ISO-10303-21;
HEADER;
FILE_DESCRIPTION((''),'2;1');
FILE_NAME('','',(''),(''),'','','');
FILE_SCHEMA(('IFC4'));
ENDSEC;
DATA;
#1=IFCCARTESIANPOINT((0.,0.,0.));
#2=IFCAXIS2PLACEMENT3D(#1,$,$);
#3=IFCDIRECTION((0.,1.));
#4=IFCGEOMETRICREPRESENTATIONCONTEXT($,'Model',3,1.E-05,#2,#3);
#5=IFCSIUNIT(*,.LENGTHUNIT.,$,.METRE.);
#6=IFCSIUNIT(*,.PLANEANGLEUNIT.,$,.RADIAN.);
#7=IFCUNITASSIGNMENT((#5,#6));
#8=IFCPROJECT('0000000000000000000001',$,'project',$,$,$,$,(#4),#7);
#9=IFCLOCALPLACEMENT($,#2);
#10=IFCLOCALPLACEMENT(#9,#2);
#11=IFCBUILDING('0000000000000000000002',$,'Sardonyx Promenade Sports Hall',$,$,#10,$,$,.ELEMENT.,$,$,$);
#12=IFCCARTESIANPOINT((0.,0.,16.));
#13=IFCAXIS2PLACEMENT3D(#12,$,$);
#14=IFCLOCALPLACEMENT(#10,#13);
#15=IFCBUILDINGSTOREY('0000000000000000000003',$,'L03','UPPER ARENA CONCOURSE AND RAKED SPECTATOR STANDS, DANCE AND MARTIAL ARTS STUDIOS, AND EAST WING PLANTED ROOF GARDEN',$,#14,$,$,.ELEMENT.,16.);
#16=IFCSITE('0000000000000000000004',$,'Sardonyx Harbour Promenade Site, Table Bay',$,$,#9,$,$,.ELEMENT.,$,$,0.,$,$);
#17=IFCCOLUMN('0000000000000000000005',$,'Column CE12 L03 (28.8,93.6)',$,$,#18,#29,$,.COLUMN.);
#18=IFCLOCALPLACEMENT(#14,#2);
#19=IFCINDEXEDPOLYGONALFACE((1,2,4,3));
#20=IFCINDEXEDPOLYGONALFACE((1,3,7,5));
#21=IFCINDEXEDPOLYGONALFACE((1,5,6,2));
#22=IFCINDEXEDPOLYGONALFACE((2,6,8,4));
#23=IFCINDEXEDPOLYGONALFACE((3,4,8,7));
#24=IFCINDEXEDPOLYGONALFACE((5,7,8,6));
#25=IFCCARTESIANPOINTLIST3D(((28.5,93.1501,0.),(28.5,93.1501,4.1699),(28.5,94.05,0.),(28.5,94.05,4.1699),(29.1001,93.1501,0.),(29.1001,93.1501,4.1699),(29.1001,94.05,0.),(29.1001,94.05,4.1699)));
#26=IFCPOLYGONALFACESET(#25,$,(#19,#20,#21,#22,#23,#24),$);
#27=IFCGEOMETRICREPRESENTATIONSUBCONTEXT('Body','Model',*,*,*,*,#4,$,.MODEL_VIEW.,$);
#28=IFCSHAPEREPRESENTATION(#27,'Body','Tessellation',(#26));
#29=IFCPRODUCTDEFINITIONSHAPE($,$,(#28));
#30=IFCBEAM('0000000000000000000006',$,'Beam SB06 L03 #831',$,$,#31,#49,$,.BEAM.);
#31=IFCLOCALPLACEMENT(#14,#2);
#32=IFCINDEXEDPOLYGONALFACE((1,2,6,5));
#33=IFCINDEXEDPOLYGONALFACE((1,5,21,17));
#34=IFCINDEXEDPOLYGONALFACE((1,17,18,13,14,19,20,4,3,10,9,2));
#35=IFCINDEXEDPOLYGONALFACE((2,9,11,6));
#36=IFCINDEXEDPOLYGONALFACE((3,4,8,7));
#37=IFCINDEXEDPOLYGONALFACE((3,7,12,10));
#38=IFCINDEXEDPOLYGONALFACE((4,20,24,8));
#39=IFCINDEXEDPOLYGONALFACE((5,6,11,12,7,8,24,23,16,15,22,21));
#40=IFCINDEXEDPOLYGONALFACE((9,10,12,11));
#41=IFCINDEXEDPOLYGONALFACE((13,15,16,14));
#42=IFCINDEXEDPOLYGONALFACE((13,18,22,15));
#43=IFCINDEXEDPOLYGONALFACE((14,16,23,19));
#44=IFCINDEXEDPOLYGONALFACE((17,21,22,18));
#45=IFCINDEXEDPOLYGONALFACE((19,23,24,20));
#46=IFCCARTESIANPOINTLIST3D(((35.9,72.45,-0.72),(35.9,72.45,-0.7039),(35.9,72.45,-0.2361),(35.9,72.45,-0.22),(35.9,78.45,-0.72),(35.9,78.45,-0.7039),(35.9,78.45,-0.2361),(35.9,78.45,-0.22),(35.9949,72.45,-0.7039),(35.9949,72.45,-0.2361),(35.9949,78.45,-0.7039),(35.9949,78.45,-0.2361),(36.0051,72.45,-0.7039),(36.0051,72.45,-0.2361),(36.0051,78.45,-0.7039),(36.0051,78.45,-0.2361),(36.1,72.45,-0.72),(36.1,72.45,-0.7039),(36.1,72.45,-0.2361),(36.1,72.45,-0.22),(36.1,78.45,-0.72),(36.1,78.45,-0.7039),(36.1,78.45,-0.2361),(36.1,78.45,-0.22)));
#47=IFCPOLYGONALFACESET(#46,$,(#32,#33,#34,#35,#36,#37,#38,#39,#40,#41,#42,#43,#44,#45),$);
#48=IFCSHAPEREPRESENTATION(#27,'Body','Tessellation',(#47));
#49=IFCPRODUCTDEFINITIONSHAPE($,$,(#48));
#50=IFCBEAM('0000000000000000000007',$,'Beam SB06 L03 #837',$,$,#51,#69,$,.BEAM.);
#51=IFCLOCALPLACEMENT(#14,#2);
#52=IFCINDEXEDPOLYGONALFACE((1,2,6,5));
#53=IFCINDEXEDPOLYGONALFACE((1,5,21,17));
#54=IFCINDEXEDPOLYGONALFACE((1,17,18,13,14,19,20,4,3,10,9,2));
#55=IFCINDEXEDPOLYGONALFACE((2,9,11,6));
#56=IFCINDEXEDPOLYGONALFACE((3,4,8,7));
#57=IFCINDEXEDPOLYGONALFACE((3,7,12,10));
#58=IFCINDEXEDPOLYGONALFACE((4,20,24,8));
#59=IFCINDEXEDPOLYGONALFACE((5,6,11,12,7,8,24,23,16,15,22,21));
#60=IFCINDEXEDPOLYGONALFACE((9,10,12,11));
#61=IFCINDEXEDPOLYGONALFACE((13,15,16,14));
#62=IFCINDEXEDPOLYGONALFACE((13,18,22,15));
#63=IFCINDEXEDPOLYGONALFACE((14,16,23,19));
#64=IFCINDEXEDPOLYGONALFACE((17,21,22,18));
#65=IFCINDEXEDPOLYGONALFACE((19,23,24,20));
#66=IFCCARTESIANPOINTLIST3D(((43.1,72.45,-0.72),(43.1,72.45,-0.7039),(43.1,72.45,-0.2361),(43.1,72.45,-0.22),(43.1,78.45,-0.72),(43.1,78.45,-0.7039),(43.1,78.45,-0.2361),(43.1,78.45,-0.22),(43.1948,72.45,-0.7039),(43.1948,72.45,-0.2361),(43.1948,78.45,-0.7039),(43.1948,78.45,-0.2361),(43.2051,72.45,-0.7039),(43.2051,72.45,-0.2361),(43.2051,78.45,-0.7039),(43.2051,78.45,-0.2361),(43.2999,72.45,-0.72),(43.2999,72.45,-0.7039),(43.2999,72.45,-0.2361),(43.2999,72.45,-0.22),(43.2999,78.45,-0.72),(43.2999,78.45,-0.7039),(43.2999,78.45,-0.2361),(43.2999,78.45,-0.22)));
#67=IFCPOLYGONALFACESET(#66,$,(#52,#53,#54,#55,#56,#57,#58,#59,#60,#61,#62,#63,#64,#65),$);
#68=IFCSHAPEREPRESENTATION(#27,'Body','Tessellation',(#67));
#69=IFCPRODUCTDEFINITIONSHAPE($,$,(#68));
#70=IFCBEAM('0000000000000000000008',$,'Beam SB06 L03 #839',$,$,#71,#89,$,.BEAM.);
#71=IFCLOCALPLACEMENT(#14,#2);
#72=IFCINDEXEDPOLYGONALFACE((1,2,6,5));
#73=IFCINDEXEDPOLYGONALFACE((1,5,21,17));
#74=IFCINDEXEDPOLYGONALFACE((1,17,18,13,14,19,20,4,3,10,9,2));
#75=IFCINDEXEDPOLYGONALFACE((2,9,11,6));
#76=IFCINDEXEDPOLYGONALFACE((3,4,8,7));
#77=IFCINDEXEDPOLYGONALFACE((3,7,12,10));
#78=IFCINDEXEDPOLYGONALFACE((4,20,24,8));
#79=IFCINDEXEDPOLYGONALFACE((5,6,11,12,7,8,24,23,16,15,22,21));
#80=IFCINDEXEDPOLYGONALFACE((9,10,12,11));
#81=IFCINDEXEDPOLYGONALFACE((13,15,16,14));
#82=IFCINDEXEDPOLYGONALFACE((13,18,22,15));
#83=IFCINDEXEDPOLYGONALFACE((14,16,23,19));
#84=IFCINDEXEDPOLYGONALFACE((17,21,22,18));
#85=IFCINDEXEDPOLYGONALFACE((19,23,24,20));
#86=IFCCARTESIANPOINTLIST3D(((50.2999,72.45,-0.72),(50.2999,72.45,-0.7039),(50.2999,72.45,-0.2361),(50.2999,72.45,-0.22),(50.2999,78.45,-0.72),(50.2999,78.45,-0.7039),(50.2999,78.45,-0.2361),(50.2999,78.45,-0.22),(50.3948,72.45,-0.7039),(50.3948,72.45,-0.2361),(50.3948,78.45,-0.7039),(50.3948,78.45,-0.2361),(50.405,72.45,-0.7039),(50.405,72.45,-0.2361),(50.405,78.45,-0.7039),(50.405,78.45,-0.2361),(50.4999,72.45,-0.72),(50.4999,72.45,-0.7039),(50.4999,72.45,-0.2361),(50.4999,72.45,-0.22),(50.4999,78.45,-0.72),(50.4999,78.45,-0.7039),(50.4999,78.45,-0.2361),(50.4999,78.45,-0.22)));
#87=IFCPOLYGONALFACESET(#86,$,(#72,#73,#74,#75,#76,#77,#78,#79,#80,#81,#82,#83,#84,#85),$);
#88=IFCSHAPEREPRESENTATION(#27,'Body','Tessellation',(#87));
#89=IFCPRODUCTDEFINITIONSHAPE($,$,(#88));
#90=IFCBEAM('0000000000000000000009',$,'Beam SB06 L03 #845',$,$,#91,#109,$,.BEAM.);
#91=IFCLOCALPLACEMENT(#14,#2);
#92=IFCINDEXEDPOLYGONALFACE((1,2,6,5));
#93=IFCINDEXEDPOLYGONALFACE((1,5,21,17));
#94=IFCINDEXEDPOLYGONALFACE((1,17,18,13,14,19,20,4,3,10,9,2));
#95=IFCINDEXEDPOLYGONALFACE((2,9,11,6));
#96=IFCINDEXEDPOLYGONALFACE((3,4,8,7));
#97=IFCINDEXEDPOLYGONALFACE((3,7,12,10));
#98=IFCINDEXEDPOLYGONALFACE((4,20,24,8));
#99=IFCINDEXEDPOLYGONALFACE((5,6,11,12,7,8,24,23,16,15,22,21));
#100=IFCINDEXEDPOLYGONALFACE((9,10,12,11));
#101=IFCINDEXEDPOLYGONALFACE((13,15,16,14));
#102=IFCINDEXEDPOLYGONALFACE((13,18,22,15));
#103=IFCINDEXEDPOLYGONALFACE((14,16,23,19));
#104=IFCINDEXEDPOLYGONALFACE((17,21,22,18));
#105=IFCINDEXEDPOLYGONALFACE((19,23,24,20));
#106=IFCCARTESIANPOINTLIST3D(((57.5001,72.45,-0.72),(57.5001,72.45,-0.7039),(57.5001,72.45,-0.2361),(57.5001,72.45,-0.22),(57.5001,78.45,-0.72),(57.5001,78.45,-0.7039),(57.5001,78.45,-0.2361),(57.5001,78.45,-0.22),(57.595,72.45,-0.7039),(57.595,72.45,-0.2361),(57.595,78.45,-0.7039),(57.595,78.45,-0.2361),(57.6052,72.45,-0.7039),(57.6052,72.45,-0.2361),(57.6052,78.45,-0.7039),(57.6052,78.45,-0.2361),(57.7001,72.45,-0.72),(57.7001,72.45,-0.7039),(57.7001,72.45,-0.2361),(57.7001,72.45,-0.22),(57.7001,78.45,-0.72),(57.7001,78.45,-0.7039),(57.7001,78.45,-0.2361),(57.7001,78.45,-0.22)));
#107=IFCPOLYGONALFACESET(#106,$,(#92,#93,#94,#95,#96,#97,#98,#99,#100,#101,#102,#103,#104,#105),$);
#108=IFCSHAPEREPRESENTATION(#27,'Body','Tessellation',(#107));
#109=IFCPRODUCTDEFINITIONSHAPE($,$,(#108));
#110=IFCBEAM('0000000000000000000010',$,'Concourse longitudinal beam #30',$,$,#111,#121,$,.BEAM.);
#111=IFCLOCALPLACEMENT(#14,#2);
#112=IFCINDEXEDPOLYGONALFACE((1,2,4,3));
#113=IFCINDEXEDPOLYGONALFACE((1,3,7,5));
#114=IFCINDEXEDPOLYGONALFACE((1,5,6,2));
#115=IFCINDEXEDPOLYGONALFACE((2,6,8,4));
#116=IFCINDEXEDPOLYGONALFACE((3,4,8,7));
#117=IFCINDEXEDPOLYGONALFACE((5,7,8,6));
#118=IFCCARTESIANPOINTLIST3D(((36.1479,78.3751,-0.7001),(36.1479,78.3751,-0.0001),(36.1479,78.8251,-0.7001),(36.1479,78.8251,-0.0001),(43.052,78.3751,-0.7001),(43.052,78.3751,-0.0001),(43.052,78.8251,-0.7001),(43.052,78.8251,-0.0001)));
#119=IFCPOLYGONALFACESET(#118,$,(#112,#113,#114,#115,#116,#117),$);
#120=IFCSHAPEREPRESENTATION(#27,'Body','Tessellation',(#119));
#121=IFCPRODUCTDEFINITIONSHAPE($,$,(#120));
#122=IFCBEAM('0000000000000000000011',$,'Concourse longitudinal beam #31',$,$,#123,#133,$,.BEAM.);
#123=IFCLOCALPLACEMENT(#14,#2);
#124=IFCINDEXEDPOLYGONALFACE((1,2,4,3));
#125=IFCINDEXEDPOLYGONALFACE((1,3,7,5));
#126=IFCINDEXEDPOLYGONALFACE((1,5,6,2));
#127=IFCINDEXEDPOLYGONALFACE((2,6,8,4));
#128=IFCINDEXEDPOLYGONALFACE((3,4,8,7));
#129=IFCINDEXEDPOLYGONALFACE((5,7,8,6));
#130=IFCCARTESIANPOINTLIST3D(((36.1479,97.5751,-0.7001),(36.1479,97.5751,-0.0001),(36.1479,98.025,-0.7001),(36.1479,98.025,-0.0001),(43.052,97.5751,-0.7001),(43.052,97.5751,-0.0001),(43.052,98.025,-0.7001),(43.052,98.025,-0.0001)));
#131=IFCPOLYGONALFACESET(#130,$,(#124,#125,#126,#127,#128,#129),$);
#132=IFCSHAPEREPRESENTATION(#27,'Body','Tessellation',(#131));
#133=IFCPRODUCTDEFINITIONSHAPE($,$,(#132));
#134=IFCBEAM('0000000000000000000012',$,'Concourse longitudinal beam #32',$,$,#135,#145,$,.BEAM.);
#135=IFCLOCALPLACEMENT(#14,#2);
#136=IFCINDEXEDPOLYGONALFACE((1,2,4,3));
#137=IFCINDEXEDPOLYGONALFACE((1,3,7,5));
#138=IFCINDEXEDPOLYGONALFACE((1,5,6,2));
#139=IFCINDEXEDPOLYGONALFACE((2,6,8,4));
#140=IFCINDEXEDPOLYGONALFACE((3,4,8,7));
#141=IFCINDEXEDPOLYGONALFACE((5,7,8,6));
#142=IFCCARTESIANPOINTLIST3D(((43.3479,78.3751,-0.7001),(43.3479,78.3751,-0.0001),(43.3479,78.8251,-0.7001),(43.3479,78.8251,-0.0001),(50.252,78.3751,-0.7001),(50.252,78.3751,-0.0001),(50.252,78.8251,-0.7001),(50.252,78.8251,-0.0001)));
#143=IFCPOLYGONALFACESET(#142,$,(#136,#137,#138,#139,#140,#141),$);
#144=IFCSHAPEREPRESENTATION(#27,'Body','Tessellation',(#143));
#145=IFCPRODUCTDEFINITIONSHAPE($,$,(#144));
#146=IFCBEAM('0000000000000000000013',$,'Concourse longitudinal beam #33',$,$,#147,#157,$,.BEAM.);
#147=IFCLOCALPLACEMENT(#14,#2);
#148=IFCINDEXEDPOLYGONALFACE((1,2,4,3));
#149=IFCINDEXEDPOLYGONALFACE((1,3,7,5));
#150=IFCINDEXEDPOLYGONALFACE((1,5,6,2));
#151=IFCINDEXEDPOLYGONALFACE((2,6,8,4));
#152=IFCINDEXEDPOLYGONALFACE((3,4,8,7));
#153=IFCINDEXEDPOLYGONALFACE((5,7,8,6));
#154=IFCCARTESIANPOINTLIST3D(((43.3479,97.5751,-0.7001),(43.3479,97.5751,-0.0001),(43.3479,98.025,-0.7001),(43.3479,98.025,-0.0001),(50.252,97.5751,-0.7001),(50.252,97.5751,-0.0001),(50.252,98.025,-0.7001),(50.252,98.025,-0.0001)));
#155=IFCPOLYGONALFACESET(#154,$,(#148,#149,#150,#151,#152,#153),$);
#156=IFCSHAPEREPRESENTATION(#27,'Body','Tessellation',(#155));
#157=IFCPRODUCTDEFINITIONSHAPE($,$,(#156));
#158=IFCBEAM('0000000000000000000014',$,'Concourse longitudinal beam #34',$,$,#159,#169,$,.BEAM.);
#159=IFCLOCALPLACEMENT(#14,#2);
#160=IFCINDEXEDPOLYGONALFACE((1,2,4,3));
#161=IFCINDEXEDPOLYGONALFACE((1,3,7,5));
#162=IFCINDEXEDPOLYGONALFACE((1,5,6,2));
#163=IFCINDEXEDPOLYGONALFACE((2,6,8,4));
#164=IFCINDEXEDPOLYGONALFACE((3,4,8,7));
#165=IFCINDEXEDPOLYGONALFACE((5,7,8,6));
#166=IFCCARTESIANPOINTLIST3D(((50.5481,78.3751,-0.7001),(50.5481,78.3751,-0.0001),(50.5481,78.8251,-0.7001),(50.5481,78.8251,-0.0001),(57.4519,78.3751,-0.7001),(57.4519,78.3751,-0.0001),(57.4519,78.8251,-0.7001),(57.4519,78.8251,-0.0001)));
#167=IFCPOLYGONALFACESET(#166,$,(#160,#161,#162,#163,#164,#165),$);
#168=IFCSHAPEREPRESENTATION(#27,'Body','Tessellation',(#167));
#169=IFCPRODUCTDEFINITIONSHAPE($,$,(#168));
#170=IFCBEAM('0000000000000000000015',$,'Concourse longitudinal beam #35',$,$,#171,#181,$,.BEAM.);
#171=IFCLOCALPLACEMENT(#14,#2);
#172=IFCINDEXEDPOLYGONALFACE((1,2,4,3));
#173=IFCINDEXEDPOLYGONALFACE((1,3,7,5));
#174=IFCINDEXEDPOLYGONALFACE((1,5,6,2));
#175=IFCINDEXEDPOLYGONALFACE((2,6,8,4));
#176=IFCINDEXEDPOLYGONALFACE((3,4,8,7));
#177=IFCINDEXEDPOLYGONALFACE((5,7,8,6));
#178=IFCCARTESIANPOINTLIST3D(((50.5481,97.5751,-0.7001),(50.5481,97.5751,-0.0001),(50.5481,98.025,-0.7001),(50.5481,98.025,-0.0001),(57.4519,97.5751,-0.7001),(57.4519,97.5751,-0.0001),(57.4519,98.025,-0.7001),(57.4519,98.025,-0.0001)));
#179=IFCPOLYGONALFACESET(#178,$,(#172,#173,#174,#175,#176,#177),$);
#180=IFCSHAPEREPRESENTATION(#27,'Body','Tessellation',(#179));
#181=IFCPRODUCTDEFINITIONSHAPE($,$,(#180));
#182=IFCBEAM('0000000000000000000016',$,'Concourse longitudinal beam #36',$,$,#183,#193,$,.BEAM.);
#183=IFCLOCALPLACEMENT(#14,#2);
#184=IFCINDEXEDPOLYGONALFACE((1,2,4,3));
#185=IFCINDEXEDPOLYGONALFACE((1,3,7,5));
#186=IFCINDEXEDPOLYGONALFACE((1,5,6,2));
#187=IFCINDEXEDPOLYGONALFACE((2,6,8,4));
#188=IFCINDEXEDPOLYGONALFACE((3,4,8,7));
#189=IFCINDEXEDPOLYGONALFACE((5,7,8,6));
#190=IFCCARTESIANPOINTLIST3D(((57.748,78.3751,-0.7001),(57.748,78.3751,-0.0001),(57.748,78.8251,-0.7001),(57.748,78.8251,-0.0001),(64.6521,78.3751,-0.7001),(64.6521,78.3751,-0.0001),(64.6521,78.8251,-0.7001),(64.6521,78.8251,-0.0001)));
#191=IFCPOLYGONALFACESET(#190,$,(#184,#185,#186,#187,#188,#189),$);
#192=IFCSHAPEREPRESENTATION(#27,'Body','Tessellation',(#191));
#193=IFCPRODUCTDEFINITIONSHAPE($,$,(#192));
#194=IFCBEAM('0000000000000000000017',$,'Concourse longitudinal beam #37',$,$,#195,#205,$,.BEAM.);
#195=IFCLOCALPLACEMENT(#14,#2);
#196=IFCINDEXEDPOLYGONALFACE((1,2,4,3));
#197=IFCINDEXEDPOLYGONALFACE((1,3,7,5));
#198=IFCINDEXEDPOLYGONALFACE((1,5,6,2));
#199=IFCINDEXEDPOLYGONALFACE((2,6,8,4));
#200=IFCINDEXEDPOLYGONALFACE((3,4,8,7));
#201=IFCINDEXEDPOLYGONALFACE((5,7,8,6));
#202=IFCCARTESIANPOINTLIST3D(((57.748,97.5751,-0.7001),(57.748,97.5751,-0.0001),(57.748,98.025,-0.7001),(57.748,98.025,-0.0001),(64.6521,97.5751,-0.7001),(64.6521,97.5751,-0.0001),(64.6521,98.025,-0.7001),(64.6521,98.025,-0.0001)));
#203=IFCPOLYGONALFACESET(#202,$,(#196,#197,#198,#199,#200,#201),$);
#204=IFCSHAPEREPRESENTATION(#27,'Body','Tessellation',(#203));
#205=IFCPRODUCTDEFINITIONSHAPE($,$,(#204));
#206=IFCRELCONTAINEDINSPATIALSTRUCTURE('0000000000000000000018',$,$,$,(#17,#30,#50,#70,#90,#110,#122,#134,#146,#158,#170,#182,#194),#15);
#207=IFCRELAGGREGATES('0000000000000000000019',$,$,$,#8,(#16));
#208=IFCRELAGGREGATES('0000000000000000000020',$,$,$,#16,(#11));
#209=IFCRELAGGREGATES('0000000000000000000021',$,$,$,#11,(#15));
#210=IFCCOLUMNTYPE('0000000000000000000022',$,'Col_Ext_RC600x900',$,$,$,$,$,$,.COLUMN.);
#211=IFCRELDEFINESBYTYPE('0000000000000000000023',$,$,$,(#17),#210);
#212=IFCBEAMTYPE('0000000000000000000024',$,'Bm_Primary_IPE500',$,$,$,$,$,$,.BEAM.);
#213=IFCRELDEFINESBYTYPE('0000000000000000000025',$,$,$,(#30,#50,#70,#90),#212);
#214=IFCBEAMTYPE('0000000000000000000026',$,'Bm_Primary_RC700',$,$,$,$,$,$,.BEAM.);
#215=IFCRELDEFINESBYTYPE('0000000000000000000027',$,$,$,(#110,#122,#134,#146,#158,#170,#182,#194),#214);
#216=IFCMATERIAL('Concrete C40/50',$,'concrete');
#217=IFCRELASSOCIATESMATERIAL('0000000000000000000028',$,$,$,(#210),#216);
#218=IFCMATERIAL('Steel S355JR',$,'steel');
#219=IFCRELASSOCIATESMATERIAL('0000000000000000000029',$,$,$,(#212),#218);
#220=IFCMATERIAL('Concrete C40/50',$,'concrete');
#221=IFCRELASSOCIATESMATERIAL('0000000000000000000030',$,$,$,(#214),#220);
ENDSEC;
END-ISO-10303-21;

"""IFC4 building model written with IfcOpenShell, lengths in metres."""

from ifc_helpers import new_model, si_unit, direction, frame, origin, origin_2d, place, context, subcontext, project, spatial, rectangle, i_section, extrude, material, material_profile, profile_set, type_object, element, save


model = new_model("IFC4")

# Units and contexts
model_context = context("Model", 3, precision=1e-05, world=origin(), true_north=direction((0.0, 1.0)))
body_context = subcontext(model_context, "Body", "Model", "MODEL_VIEW")
ifc_project = project(units=[si_unit("LENGTHUNIT", "METRE"), si_unit("PLANEANGLEUNIT", "RADIAN")], contexts=[model_context])

# Site, building, storey
site_placement = place(None, origin())
site = spatial("IfcSite", under=ifc_project, at=site_placement, Name="Sardonyx Harbour Promenade Site, Table Bay", CompositionType="ELEMENT", RefElevation=0.0)
building_placement = place(site_placement, origin())
building = spatial("IfcBuilding", under=site, at=building_placement, Name="Sardonyx Promenade Sports Hall", CompositionType="ELEMENT")
storey_placement = place(building_placement, frame((0.0, 0.0, 16.0)))
storey = spatial("IfcBuildingStorey", under=building, at=storey_placement, Name="L03", Description="UPPER ARENA CONCOURSE AND RAKED SPECTATOR STANDS, DANCE AND MARTIAL ARTS STUDIOS, AND EAST WING PLANTED ROOF GARDEN", CompositionType="ELEMENT", Elevation=16.0)

# Column
ifc_material_1 = material(Name="Concrete C40/50", Category="concrete")
ifc_material_profile_1 = material_profile(ifc_material_1, rectangle(XDim=0.6001, YDim=0.8999, at=origin_2d()))
ifc_profile_set_1 = profile_set([ifc_material_profile_1], Name="Concrete C40/50")
column_type = type_object("IfcColumnType", Name="Col_Ext_RC600x900", PredefinedType="COLUMN", material=ifc_profile_set_1)
column_placement = place(storey_placement, frame((28.8, 93.6001, 0.0), z_axis=(0.0, 0.0, 1.0), x_axis=(1.0, 0.0, 0.0)))
element("IfcColumn", 1, at=column_placement, inside=storey, type_object=column_type, Name="Column CE12 L03 (28.8,93.6)", PredefinedType="COLUMN", context=body_context, shape_type="SweptSolid", body=[
    extrude(rectangle(XDim=0.6001, YDim=0.8999, at=origin_2d()), origin(), (0.0, 0.0, 1.0), 4.1699),
])

# Beams
ifc_material_2 = material(Name="Steel S355JR", Category="steel")
ifc_material_profile_2 = material_profile(ifc_material_2, i_section(OverallWidth=0.2, OverallDepth=0.5, WebThickness=0.0103, FlangeThickness=0.0161, at=origin_2d()))
ifc_profile_set_2 = profile_set([ifc_material_profile_2], Name="Steel S355JR")
beam_type_1 = type_object("IfcBeamType", Name="Bm_Primary_IPE500", PredefinedType="BEAM", material=ifc_profile_set_2)
for number, where, z_axis, x_axis, name in (
    (2, (36.0, 72.45, -0.47), (0.0, 1.0, 0.0), (-1.0, 0.0, 0.0), "Beam SB06 L03 #831"),
    (3, (43.2, 72.45, -0.47), (0.0, 1.0, 0.0), (-1.0, 0.0, 0.0), "Beam SB06 L03 #837"),
    (4, (50.3999, 72.45, -0.47), (0.0, 1.0, 0.0), (-1.0, 0.0, 0.0), "Beam SB06 L03 #839"),
    (5, (57.6001, 72.45, -0.47), (0.0, 1.0, 0.0), (-1.0, 0.0, 0.0), "Beam SB06 L03 #845"),
):
    element("IfcBeam", number, at=place(storey_placement, frame(where, z_axis=z_axis, x_axis=x_axis)), inside=storey, type_object=beam_type_1, Name=name, PredefinedType="BEAM", context=body_context, shape_type="SweptSolid", body=[
        extrude(i_section(OverallWidth=0.2, OverallDepth=0.5, WebThickness=0.0103, FlangeThickness=0.0161, at=origin_2d()), origin(), (0.0, 0.0, 1.0), 6.0),
    ])
ifc_material_3 = material(Name="Concrete C40/50", Category="concrete")
ifc_material_profile_3 = material_profile(ifc_material_3, rectangle(XDim=0.45, YDim=0.7, at=origin_2d()))
ifc_profile_set_3 = profile_set([ifc_material_profile_3], Name="Concrete C40/50")
beam_type_2 = type_object("IfcBeamType", Name="Bm_Primary_RC700", PredefinedType="BEAM", material=ifc_profile_set_3)
for number, where, z_axis, x_axis, name in (
    (6, (36.1479, 78.6001, -0.3501), (1.0, 0.0, 0.0), (0.0, 1.0, 0.0), "Concourse longitudinal beam #30"),
    (7, (36.1479, 97.8, -0.3501), (1.0, 0.0, 0.0), (0.0, 1.0, 0.0), "Concourse longitudinal beam #31"),
    (8, (43.3479, 78.6001, -0.3501), (1.0, 0.0, 0.0), (0.0, 1.0, 0.0), "Concourse longitudinal beam #32"),
    (9, (43.3479, 97.8, -0.3501), (1.0, 0.0, 0.0), (0.0, 1.0, 0.0), "Concourse longitudinal beam #33"),
):
    element("IfcBeam", number, at=place(storey_placement, frame(where, z_axis=z_axis, x_axis=x_axis)), inside=storey, type_object=beam_type_2, Name=name, PredefinedType="BEAM", context=body_context, shape_type="SweptSolid", body=[
        extrude(rectangle(XDim=0.45, YDim=0.7, at=origin_2d()), origin(), (0.0, 0.0, 1.0), 6.9041),
    ])
for number, where, z_axis, x_axis, name in (
    (10, (50.5481, 78.6001, -0.3501), (1.0, 0.0, 0.0), (0.0, 1.0, 0.0), "Concourse longitudinal beam #34"),
    (11, (50.5481, 97.8, -0.3501), (1.0, 0.0, 0.0), (0.0, 1.0, 0.0), "Concourse longitudinal beam #35"),
):
    element("IfcBeam", number, at=place(storey_placement, frame(where, z_axis=z_axis, x_axis=x_axis)), inside=storey, type_object=beam_type_2, Name=name, PredefinedType="BEAM", context=body_context, shape_type="SweptSolid", body=[
        extrude(rectangle(XDim=0.45, YDim=0.7, at=origin_2d()), origin(), (0.0, 0.0, 1.0), 6.9038),
    ])
for number, where, z_axis, x_axis, name in (
    (12, (57.748, 78.6001, -0.3501), (1.0, 0.0, 0.0), (0.0, 1.0, 0.0), "Concourse longitudinal beam #36"),
    (13, (57.748, 97.8, -0.3501), (1.0, 0.0, 0.0), (0.0, 1.0, 0.0), "Concourse longitudinal beam #37"),
):
    element("IfcBeam", number, at=place(storey_placement, frame(where, z_axis=z_axis, x_axis=x_axis)), inside=storey, type_object=beam_type_2, Name=name, PredefinedType="BEAM", context=body_context, shape_type="SweptSolid", body=[
        extrude(rectangle(XDim=0.45, YDim=0.7, at=origin_2d()), origin(), (0.0, 0.0, 1.0), 6.9041),
    ])

save(model, "model.ifc")
